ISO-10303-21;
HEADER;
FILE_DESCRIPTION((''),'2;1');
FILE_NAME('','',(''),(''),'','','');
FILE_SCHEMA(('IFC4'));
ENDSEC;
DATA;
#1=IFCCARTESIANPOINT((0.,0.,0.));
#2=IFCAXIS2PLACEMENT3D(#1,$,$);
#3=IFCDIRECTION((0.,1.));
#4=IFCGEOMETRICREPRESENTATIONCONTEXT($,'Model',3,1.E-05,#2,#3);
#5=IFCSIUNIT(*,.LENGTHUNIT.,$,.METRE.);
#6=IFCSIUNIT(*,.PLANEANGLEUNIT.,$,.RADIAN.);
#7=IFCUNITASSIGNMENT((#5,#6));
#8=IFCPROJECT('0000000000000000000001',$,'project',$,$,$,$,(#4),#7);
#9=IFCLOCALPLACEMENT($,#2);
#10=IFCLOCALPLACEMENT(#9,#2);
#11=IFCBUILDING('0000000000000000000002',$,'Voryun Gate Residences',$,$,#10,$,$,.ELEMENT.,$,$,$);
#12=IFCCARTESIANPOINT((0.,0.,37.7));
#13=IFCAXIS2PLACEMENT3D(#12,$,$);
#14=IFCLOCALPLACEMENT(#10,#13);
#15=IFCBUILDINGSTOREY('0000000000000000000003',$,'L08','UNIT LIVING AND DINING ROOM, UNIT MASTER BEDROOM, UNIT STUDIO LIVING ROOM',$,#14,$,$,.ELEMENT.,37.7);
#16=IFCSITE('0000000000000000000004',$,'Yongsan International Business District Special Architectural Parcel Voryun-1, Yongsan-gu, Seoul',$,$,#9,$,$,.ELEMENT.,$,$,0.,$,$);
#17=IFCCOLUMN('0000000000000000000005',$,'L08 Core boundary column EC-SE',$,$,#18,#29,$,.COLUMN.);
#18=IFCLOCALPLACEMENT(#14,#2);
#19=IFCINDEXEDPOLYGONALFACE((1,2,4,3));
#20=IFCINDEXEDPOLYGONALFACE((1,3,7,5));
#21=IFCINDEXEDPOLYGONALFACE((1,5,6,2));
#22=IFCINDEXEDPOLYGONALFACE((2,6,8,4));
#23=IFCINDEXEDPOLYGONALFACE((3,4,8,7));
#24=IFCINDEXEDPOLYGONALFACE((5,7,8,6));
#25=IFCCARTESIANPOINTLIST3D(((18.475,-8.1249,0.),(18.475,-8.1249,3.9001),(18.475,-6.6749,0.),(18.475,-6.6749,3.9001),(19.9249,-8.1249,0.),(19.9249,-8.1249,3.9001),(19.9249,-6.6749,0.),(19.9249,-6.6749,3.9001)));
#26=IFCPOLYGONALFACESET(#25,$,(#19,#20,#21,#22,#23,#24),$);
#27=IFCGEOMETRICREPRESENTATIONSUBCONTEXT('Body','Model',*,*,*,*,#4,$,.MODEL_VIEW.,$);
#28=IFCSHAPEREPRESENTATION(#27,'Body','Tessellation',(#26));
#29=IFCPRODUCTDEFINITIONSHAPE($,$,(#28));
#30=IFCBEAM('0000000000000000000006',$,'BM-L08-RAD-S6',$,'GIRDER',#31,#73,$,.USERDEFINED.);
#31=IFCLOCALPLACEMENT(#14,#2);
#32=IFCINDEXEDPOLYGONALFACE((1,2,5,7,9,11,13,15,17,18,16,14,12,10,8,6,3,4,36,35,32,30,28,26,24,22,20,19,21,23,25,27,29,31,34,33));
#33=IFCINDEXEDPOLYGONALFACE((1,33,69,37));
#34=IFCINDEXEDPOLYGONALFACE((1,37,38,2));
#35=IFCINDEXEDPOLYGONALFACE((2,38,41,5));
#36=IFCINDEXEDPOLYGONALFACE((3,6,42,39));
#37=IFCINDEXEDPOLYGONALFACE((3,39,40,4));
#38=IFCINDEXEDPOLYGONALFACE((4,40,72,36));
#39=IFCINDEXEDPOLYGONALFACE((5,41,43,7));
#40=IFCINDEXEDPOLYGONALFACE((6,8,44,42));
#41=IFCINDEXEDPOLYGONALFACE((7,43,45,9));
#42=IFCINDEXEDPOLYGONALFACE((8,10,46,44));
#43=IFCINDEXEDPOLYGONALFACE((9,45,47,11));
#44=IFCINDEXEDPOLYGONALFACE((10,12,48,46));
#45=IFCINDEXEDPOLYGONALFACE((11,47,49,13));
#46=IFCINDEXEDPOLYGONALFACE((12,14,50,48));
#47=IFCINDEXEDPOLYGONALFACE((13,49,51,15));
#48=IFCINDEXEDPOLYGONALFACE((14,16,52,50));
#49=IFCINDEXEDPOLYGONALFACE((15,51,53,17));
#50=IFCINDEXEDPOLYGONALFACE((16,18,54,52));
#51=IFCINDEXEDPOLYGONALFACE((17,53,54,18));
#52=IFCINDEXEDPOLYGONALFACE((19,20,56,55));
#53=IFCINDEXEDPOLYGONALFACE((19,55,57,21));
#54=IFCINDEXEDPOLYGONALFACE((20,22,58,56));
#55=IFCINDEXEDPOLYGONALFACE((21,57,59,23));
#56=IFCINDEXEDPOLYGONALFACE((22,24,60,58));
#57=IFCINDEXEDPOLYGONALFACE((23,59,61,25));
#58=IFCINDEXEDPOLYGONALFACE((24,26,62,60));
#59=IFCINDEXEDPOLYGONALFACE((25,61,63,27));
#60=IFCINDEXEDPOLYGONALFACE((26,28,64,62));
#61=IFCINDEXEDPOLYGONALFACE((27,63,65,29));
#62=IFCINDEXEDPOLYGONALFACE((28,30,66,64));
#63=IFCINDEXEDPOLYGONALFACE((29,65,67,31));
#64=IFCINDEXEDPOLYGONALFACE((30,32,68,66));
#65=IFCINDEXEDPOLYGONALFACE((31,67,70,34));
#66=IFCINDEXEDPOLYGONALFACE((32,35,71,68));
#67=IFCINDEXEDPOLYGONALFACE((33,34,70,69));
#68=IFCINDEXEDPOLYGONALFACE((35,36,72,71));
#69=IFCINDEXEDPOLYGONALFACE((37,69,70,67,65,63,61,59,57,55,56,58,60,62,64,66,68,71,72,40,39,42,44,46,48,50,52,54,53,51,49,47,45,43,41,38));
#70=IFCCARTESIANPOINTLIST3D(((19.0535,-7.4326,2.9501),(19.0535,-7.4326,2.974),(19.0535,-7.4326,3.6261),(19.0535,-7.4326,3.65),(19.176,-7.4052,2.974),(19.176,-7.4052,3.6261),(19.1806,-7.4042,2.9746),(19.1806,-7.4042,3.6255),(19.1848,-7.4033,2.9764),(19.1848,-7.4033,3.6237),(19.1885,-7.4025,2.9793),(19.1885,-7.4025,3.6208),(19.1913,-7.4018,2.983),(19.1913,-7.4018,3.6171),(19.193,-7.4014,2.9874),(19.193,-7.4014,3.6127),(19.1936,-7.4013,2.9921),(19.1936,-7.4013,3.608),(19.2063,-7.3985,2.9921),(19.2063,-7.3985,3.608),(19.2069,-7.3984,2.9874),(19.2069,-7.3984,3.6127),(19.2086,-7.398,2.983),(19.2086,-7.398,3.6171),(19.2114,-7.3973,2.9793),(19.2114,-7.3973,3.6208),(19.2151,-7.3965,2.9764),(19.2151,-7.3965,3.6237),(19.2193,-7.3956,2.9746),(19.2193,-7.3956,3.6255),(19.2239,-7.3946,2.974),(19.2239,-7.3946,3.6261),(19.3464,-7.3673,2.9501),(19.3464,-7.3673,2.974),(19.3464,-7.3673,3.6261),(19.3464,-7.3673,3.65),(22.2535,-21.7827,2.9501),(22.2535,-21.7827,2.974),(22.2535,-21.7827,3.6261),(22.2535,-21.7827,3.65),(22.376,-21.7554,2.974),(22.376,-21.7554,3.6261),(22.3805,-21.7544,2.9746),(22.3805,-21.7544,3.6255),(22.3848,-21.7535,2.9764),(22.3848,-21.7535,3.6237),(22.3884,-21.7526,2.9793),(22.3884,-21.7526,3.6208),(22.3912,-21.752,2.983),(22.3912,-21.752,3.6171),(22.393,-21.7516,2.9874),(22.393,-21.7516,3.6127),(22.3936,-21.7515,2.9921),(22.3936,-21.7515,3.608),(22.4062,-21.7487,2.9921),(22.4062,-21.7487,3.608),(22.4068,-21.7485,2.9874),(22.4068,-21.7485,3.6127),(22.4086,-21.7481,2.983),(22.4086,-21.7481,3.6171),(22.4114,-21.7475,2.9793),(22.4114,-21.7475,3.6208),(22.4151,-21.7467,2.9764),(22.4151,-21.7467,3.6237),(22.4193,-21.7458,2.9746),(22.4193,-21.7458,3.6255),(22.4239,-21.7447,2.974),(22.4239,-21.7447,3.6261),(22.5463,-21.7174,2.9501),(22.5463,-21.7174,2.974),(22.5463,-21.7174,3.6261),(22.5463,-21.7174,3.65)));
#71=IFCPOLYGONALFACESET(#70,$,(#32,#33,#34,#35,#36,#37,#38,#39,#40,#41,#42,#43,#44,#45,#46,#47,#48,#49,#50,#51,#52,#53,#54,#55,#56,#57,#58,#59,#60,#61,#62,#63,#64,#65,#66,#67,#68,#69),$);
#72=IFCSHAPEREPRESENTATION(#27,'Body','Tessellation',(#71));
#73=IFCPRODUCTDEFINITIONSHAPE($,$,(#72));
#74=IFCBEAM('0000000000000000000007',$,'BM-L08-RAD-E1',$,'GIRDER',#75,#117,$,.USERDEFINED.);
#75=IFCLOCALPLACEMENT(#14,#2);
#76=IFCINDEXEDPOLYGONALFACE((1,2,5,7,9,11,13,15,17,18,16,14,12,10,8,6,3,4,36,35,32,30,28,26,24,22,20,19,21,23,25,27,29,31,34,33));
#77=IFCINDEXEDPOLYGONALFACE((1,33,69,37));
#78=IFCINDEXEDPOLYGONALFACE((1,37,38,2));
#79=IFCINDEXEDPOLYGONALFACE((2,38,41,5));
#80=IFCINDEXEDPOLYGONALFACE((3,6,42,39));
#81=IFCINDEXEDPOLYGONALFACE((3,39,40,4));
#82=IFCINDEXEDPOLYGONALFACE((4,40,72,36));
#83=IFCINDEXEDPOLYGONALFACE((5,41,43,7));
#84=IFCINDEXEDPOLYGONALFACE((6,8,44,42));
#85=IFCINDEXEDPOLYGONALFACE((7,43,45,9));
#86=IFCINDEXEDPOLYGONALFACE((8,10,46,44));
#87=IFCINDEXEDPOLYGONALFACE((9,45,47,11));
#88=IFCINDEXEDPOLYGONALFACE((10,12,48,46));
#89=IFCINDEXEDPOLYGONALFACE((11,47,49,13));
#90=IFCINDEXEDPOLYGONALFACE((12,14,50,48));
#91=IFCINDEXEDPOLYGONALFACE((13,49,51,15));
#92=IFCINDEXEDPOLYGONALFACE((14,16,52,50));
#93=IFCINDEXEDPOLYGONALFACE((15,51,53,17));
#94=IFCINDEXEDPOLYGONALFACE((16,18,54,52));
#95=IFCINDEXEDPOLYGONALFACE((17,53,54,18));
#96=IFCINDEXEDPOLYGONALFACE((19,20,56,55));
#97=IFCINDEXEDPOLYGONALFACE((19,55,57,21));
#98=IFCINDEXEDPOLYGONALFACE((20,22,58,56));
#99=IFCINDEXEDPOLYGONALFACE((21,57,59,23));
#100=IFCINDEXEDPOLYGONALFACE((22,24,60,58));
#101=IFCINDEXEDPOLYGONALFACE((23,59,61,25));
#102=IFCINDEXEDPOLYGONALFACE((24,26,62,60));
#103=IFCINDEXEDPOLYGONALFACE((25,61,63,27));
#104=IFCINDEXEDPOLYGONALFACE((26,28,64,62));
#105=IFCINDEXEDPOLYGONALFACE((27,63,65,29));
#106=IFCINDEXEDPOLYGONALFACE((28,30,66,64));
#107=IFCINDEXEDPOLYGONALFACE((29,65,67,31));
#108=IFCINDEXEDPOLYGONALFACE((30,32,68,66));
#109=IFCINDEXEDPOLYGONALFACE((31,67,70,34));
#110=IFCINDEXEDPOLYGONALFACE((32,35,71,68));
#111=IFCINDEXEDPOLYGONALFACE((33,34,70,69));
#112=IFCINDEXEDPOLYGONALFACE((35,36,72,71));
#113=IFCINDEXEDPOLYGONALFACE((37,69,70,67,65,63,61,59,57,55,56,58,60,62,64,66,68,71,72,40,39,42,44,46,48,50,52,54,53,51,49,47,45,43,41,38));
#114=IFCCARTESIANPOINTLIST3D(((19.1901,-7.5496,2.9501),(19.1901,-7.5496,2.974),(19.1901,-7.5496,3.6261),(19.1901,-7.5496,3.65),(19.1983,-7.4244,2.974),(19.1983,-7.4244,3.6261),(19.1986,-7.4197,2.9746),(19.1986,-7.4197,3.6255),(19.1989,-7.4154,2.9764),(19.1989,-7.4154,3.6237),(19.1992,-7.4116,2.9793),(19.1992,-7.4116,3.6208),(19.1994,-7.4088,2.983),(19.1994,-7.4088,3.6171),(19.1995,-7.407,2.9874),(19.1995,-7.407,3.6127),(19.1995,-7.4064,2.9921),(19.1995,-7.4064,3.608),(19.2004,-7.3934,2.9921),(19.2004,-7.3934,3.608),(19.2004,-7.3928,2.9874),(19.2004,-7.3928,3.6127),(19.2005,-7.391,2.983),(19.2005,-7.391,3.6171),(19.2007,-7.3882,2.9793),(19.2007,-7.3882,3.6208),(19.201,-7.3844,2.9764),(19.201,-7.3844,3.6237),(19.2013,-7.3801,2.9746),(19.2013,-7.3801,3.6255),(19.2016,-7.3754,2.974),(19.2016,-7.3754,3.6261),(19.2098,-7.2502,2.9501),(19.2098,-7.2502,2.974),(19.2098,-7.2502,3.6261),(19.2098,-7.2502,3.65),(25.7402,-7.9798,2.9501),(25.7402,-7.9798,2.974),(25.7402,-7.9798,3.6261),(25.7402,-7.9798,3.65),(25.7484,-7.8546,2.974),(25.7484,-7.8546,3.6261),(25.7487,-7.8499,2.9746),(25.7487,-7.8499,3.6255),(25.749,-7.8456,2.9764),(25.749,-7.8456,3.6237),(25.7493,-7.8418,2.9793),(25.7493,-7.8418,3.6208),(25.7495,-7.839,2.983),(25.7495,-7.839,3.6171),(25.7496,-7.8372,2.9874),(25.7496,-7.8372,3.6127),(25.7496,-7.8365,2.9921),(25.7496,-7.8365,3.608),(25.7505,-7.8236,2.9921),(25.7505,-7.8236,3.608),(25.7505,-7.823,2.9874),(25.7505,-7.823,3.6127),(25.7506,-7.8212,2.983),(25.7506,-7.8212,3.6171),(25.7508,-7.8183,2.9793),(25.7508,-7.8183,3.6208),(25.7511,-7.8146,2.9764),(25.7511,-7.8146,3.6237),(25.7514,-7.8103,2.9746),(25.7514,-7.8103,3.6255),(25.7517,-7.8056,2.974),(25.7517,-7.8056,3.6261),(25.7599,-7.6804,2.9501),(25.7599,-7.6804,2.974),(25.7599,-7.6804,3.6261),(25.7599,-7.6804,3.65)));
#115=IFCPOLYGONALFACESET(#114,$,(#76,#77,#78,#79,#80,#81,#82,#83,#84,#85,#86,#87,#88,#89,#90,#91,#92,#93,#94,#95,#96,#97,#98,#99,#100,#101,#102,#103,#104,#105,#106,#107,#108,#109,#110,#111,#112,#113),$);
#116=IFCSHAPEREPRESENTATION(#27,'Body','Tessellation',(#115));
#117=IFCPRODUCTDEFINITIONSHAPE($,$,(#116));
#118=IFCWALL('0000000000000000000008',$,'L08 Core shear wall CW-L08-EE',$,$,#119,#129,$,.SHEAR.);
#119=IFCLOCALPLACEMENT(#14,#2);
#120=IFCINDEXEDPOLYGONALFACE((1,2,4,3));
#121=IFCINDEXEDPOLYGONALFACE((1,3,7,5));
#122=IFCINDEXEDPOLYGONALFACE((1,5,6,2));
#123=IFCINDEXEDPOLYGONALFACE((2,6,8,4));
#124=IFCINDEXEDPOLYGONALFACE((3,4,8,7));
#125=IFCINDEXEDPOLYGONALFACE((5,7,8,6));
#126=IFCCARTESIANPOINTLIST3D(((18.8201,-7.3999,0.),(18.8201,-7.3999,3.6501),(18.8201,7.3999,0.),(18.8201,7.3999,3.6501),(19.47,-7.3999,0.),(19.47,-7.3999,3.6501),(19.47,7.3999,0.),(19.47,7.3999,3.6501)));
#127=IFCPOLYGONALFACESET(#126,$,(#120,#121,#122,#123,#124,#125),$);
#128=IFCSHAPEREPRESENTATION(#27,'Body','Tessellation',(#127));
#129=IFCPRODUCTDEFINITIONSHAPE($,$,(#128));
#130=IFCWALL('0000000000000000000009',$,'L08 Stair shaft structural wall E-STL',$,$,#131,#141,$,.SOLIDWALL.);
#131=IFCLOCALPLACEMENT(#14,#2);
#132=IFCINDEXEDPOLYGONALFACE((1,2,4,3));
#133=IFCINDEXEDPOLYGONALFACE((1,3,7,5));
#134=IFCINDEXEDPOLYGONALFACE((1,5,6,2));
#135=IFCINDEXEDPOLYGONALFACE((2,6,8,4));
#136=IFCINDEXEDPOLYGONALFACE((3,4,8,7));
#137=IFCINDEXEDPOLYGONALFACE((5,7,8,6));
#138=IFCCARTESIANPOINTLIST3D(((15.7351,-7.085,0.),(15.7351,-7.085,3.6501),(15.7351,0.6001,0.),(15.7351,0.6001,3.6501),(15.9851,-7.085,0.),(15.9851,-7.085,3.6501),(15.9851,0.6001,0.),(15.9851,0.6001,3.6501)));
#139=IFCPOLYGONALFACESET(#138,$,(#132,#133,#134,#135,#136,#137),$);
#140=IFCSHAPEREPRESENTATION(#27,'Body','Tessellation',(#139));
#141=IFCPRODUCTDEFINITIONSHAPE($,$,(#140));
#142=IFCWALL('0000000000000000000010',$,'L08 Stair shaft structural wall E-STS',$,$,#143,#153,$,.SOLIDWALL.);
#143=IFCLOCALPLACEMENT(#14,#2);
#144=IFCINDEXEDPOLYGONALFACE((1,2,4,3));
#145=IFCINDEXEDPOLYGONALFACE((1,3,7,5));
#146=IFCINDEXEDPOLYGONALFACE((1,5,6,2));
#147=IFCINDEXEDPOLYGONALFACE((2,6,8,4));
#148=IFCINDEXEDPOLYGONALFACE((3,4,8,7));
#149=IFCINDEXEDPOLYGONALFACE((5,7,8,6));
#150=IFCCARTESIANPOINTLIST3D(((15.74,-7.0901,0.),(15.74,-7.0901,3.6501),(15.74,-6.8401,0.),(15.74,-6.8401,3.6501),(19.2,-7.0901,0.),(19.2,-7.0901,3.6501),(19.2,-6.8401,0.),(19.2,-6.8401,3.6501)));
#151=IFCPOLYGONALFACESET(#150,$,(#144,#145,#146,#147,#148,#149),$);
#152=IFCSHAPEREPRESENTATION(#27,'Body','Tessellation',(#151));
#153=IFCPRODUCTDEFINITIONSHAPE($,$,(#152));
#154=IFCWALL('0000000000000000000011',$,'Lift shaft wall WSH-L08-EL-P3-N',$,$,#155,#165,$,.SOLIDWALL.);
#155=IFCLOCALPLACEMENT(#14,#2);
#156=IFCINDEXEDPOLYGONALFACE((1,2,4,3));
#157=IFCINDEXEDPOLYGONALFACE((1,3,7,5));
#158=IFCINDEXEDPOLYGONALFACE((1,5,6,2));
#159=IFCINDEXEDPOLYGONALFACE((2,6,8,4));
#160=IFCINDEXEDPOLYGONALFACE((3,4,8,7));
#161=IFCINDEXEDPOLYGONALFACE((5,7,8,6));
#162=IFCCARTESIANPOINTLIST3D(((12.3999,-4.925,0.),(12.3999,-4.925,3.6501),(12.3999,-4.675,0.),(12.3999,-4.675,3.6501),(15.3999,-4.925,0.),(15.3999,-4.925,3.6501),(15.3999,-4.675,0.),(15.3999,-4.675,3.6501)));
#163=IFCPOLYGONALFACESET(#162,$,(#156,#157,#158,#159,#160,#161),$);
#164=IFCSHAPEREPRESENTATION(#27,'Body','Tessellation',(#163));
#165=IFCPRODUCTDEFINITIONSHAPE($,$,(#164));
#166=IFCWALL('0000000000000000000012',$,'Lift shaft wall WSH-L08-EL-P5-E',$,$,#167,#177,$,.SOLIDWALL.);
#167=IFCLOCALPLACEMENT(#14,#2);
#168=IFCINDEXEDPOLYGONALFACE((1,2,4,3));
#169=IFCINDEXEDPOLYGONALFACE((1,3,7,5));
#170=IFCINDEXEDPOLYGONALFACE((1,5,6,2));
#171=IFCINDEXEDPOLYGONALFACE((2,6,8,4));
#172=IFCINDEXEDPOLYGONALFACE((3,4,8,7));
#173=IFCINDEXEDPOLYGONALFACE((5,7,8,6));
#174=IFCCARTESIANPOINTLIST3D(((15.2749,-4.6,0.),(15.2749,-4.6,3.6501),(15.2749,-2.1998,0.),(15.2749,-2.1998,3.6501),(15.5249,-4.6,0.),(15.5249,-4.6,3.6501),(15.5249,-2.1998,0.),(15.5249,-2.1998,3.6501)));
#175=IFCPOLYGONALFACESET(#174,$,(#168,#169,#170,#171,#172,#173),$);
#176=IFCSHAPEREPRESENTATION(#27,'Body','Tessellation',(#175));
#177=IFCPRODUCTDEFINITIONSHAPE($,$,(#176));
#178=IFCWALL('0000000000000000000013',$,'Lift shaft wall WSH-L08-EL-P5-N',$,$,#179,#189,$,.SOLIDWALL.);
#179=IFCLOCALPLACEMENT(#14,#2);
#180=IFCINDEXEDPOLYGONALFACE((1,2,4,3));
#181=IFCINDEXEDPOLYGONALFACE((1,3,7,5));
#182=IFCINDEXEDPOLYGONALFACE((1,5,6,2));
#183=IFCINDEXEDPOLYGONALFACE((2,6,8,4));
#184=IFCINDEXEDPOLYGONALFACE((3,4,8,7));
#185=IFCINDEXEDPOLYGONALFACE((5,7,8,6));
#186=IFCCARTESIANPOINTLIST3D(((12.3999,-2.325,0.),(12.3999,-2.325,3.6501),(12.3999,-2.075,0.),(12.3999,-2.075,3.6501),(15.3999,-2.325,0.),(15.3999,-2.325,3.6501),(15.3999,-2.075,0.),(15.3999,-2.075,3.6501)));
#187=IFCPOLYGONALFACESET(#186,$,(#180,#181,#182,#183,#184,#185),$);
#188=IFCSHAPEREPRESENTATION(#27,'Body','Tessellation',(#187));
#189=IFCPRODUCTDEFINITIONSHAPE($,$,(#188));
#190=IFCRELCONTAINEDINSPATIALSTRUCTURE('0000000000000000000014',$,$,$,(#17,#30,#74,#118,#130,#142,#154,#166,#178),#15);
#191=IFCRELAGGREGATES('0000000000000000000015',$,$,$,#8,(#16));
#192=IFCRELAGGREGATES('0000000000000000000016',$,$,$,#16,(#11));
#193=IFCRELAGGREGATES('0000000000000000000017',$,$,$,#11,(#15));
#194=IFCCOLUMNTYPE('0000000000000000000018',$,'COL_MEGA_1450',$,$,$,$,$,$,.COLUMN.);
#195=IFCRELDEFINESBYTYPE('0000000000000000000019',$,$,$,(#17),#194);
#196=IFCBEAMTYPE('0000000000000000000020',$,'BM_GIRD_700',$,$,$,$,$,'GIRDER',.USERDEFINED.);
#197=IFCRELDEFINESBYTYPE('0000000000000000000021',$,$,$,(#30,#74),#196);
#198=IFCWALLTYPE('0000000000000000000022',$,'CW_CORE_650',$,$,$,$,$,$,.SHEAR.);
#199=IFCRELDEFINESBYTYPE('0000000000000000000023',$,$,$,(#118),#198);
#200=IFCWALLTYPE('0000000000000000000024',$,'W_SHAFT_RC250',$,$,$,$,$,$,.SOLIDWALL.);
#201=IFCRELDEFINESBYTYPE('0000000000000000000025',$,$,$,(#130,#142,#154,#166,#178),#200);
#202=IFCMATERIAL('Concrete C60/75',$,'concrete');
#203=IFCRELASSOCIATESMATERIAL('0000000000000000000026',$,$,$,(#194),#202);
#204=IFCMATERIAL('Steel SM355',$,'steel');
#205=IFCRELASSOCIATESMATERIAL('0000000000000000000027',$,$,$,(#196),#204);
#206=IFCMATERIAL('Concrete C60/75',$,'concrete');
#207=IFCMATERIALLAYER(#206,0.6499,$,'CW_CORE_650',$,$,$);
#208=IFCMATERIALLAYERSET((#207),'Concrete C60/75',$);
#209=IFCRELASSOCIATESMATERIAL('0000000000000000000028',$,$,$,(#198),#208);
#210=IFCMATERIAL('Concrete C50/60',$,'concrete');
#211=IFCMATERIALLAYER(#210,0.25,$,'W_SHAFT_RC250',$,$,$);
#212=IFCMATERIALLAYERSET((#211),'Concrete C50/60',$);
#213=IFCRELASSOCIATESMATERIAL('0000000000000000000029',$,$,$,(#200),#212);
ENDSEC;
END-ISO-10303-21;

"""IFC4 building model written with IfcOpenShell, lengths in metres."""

from ifc_helpers import new_model, si_unit, direction, frame, frame_2d, origin, origin_2d, place, context, subcontext, project, spatial, rectangle, i_section, extrude, material, layer, layer_set, material_profile, profile_set, type_object, element, save


model = new_model("IFC4")

# Units and contexts
model_context = context("Model", 3, precision=1e-05, world=origin(), true_north=direction((0.0, 1.0)))
body_context = subcontext(model_context, "Body", "Model", "MODEL_VIEW")
ifc_project = project(units=[si_unit("LENGTHUNIT", "METRE"), si_unit("PLANEANGLEUNIT", "RADIAN")], contexts=[model_context])

# Site, building, storey
site_placement = place(None, origin())
site = spatial("IfcSite", under=ifc_project, at=site_placement, Name="Yongsan International Business District Special Architectural Parcel Voryun-1, Yongsan-gu, Seoul", CompositionType="ELEMENT", RefElevation=0.0)
building_placement = place(site_placement, origin())
building = spatial("IfcBuilding", under=site, at=building_placement, Name="Voryun Gate Residences", CompositionType="ELEMENT")
storey_placement = place(building_placement, frame((0.0, 0.0, 37.7)))
storey = spatial("IfcBuildingStorey", under=building, at=storey_placement, Name="L08", Description="UNIT LIVING AND DINING ROOM, UNIT MASTER BEDROOM, UNIT STUDIO LIVING ROOM", CompositionType="ELEMENT", Elevation=37.7)

# Column
ifc_material_1 = material(Name="Concrete C60/75", Category="concrete")
ifc_material_profile_1 = material_profile(ifc_material_1, rectangle(XDim=1.45, YDim=1.45, at=origin_2d()), Name="RC-1450x1450")
ifc_profile_set_1 = profile_set([ifc_material_profile_1], Name="Concrete C60/75")
column_type = type_object("IfcColumnType", Name="COL_MEGA_1450", PredefinedType="COLUMN", material=ifc_profile_set_1)
column_placement = place(storey_placement, frame((19.2, -7.3999, 0.0), z_axis=(0.0, 0.0, 1.0), x_axis=(1.0, 0.0, 0.0)))
element("IfcColumn", 1, at=column_placement, inside=storey, type_object=column_type, Name="L08 Core boundary column EC-SE", PredefinedType="COLUMN", context=body_context, shape_type="SweptSolid", body=[
    extrude(rectangle(XDim=1.45, YDim=1.45, at=origin_2d()), origin(), (0.0, 0.0, 1.0), 3.9001),
])

# Beams
ifc_material_2 = material(Name="Steel SM355", Category="steel")
ifc_material_profile_2 = material_profile(ifc_material_2, i_section(OverallWidth=0.3, OverallDepth=0.7, WebThickness=0.0129, FlangeThickness=0.0239, FilletRadius=0.0181, at=origin_2d()), Name="H-700x300x13x24")
ifc_profile_set_2 = profile_set([ifc_material_profile_2], Name="Steel SM355")
beam_type = type_object("IfcBeamType", Name="BM_GIRD_700", ElementType="GIRDER", PredefinedType="USERDEFINED", material=ifc_profile_set_2)
beam_1_placement = place(storey_placement, frame((19.2, -7.3999, 3.3), z_axis=(0.217646, -0.976028, 0.0), x_axis=(0.976028, 0.217646, 0.0)))
element("IfcBeam", 2, at=beam_1_placement, inside=storey, type_object=beam_type, Name="BM-L08-RAD-S6", ObjectType="GIRDER", PredefinedType="USERDEFINED", context=body_context, shape_type="SweptSolid", body=[
    extrude(i_section(OverallWidth=0.3, OverallDepth=0.7, WebThickness=0.0129, FlangeThickness=0.0239, FilletRadius=0.0181, at=origin_2d()), origin(), (0.0, 0.0, 1.0), 14.7026),
])
beam_2_placement = place(storey_placement, frame((19.2, -7.3999, 3.3), z_axis=(0.99785, -0.065534, 0.0), x_axis=(0.065534, 0.99785, 0.0)))
element("IfcBeam", 3, at=beam_2_placement, inside=storey, type_object=beam_type, Name="BM-L08-RAD-E1", ObjectType="GIRDER", PredefinedType="USERDEFINED", context=body_context, shape_type="SweptSolid", body=[
    extrude(i_section(OverallWidth=0.3, OverallDepth=0.7, WebThickness=0.0129, FlangeThickness=0.0239, FilletRadius=0.0181, at=origin_2d()), origin(), (0.0, 0.0, 1.0), 6.5642),
])

# Walls
ifc_material_3 = material(Name="Concrete C60/75", Category="concrete")
ifc_layer_1 = layer(ifc_material_3, 0.6499, Name="CW_CORE_650")
ifc_layer_set_1 = layer_set([ifc_layer_1], Name="Concrete C60/75")
wall_type_1 = type_object("IfcWallType", Name="CW_CORE_650", PredefinedType="SHEAR", material=ifc_layer_set_1)
wall_1_placement = place(storey_placement, frame((19.145, -7.3999, 0.0), z_axis=(0.0, 0.0, 1.0), x_axis=(0.0, 1.0, 0.0)))
element("IfcWall", 4, at=wall_1_placement, inside=storey, type_object=wall_type_1, Name="L08 Core shear wall CW-L08-EE", PredefinedType="SHEAR", context=body_context, shape_type="SweptSolid", body=[
    extrude(rectangle(XDim=14.7998, YDim=0.6499, at=frame_2d((7.3999, 0.0))), origin(), (0.0, 0.0, 1.0), 3.6501),
])
ifc_material_4 = material(Name="Concrete C50/60", Category="concrete")
ifc_layer_2 = layer(ifc_material_4, 0.25, Name="W_SHAFT_RC250")
ifc_layer_set_2 = layer_set([ifc_layer_2], Name="Concrete C50/60")
wall_type_2 = type_object("IfcWallType", Name="W_SHAFT_RC250", PredefinedType="SOLIDWALL", material=ifc_layer_set_2)
wall_2_placement = place(storey_placement, frame((15.8601, -7.085, 0.0), z_axis=(0.0, 0.0, 1.0), x_axis=(0.0, 1.0, 0.0)))
element("IfcWall", 5, at=wall_2_placement, inside=storey, type_object=wall_type_2, Name="L08 Stair shaft structural wall E-STL", PredefinedType="SOLIDWALL", context=body_context, shape_type="SweptSolid", body=[
    extrude(rectangle(XDim=7.6851, YDim=0.25, at=frame_2d((3.8425, 0.0))), origin(), (0.0, 0.0, 1.0), 3.6501),
])
wall_3_placement = place(storey_placement, frame((15.74, -6.9651, 0.0), z_axis=(0.0, 0.0, 1.0), x_axis=(1.0, 0.0, 0.0)))
element("IfcWall", 6, at=wall_3_placement, inside=storey, type_object=wall_type_2, Name="L08 Stair shaft structural wall E-STS", PredefinedType="SOLIDWALL", context=body_context, shape_type="SweptSolid", body=[
    extrude(rectangle(XDim=3.46, YDim=0.25, at=frame_2d((1.73, 0.0))), origin(), (0.0, 0.0, 1.0), 3.6501),
])
wall_4_placement = place(storey_placement, frame((15.3999, -4.8, 0.0), z_axis=(0.0, 0.0, 1.0), x_axis=(-1.0, 0.0, 0.0)))
element("IfcWall", 7, at=wall_4_placement, inside=storey, type_object=wall_type_2, Name="Lift shaft wall WSH-L08-EL-P3-N", PredefinedType="SOLIDWALL", context=body_context, shape_type="SweptSolid", body=[
    extrude(rectangle(XDim=3.0, YDim=0.25, at=frame_2d((1.5, 0.0))), origin(), (0.0, 0.0, 1.0), 3.6501),
])
wall_5_placement = place(storey_placement, frame((15.3999, -4.6001, 0.0), z_axis=(0.0, 0.0, 1.0), x_axis=(0.0, 1.0, 0.0)))
element("IfcWall", 8, at=wall_5_placement, inside=storey, type_object=wall_type_2, Name="Lift shaft wall WSH-L08-EL-P5-E", PredefinedType="SOLIDWALL", context=body_context, shape_type="SweptSolid", body=[
    extrude(rectangle(XDim=2.4001, YDim=0.25, at=frame_2d((1.2002, 0.0))), origin(), (0.0, 0.0, 1.0), 3.6501),
])
wall_6_placement = place(storey_placement, frame((15.3999, -2.2, 0.0), z_axis=(0.0, 0.0, 1.0), x_axis=(-1.0, 0.0, 0.0)))
element("IfcWall", 9, at=wall_6_placement, inside=storey, type_object=wall_type_2, Name="Lift shaft wall WSH-L08-EL-P5-N", PredefinedType="SOLIDWALL", context=body_context, shape_type="SweptSolid", body=[
    extrude(rectangle(XDim=3.0, YDim=0.25, at=frame_2d((1.5, 0.0))), origin(), (0.0, 0.0, 1.0), 3.6501),
])

save(model, "model.ifc")
